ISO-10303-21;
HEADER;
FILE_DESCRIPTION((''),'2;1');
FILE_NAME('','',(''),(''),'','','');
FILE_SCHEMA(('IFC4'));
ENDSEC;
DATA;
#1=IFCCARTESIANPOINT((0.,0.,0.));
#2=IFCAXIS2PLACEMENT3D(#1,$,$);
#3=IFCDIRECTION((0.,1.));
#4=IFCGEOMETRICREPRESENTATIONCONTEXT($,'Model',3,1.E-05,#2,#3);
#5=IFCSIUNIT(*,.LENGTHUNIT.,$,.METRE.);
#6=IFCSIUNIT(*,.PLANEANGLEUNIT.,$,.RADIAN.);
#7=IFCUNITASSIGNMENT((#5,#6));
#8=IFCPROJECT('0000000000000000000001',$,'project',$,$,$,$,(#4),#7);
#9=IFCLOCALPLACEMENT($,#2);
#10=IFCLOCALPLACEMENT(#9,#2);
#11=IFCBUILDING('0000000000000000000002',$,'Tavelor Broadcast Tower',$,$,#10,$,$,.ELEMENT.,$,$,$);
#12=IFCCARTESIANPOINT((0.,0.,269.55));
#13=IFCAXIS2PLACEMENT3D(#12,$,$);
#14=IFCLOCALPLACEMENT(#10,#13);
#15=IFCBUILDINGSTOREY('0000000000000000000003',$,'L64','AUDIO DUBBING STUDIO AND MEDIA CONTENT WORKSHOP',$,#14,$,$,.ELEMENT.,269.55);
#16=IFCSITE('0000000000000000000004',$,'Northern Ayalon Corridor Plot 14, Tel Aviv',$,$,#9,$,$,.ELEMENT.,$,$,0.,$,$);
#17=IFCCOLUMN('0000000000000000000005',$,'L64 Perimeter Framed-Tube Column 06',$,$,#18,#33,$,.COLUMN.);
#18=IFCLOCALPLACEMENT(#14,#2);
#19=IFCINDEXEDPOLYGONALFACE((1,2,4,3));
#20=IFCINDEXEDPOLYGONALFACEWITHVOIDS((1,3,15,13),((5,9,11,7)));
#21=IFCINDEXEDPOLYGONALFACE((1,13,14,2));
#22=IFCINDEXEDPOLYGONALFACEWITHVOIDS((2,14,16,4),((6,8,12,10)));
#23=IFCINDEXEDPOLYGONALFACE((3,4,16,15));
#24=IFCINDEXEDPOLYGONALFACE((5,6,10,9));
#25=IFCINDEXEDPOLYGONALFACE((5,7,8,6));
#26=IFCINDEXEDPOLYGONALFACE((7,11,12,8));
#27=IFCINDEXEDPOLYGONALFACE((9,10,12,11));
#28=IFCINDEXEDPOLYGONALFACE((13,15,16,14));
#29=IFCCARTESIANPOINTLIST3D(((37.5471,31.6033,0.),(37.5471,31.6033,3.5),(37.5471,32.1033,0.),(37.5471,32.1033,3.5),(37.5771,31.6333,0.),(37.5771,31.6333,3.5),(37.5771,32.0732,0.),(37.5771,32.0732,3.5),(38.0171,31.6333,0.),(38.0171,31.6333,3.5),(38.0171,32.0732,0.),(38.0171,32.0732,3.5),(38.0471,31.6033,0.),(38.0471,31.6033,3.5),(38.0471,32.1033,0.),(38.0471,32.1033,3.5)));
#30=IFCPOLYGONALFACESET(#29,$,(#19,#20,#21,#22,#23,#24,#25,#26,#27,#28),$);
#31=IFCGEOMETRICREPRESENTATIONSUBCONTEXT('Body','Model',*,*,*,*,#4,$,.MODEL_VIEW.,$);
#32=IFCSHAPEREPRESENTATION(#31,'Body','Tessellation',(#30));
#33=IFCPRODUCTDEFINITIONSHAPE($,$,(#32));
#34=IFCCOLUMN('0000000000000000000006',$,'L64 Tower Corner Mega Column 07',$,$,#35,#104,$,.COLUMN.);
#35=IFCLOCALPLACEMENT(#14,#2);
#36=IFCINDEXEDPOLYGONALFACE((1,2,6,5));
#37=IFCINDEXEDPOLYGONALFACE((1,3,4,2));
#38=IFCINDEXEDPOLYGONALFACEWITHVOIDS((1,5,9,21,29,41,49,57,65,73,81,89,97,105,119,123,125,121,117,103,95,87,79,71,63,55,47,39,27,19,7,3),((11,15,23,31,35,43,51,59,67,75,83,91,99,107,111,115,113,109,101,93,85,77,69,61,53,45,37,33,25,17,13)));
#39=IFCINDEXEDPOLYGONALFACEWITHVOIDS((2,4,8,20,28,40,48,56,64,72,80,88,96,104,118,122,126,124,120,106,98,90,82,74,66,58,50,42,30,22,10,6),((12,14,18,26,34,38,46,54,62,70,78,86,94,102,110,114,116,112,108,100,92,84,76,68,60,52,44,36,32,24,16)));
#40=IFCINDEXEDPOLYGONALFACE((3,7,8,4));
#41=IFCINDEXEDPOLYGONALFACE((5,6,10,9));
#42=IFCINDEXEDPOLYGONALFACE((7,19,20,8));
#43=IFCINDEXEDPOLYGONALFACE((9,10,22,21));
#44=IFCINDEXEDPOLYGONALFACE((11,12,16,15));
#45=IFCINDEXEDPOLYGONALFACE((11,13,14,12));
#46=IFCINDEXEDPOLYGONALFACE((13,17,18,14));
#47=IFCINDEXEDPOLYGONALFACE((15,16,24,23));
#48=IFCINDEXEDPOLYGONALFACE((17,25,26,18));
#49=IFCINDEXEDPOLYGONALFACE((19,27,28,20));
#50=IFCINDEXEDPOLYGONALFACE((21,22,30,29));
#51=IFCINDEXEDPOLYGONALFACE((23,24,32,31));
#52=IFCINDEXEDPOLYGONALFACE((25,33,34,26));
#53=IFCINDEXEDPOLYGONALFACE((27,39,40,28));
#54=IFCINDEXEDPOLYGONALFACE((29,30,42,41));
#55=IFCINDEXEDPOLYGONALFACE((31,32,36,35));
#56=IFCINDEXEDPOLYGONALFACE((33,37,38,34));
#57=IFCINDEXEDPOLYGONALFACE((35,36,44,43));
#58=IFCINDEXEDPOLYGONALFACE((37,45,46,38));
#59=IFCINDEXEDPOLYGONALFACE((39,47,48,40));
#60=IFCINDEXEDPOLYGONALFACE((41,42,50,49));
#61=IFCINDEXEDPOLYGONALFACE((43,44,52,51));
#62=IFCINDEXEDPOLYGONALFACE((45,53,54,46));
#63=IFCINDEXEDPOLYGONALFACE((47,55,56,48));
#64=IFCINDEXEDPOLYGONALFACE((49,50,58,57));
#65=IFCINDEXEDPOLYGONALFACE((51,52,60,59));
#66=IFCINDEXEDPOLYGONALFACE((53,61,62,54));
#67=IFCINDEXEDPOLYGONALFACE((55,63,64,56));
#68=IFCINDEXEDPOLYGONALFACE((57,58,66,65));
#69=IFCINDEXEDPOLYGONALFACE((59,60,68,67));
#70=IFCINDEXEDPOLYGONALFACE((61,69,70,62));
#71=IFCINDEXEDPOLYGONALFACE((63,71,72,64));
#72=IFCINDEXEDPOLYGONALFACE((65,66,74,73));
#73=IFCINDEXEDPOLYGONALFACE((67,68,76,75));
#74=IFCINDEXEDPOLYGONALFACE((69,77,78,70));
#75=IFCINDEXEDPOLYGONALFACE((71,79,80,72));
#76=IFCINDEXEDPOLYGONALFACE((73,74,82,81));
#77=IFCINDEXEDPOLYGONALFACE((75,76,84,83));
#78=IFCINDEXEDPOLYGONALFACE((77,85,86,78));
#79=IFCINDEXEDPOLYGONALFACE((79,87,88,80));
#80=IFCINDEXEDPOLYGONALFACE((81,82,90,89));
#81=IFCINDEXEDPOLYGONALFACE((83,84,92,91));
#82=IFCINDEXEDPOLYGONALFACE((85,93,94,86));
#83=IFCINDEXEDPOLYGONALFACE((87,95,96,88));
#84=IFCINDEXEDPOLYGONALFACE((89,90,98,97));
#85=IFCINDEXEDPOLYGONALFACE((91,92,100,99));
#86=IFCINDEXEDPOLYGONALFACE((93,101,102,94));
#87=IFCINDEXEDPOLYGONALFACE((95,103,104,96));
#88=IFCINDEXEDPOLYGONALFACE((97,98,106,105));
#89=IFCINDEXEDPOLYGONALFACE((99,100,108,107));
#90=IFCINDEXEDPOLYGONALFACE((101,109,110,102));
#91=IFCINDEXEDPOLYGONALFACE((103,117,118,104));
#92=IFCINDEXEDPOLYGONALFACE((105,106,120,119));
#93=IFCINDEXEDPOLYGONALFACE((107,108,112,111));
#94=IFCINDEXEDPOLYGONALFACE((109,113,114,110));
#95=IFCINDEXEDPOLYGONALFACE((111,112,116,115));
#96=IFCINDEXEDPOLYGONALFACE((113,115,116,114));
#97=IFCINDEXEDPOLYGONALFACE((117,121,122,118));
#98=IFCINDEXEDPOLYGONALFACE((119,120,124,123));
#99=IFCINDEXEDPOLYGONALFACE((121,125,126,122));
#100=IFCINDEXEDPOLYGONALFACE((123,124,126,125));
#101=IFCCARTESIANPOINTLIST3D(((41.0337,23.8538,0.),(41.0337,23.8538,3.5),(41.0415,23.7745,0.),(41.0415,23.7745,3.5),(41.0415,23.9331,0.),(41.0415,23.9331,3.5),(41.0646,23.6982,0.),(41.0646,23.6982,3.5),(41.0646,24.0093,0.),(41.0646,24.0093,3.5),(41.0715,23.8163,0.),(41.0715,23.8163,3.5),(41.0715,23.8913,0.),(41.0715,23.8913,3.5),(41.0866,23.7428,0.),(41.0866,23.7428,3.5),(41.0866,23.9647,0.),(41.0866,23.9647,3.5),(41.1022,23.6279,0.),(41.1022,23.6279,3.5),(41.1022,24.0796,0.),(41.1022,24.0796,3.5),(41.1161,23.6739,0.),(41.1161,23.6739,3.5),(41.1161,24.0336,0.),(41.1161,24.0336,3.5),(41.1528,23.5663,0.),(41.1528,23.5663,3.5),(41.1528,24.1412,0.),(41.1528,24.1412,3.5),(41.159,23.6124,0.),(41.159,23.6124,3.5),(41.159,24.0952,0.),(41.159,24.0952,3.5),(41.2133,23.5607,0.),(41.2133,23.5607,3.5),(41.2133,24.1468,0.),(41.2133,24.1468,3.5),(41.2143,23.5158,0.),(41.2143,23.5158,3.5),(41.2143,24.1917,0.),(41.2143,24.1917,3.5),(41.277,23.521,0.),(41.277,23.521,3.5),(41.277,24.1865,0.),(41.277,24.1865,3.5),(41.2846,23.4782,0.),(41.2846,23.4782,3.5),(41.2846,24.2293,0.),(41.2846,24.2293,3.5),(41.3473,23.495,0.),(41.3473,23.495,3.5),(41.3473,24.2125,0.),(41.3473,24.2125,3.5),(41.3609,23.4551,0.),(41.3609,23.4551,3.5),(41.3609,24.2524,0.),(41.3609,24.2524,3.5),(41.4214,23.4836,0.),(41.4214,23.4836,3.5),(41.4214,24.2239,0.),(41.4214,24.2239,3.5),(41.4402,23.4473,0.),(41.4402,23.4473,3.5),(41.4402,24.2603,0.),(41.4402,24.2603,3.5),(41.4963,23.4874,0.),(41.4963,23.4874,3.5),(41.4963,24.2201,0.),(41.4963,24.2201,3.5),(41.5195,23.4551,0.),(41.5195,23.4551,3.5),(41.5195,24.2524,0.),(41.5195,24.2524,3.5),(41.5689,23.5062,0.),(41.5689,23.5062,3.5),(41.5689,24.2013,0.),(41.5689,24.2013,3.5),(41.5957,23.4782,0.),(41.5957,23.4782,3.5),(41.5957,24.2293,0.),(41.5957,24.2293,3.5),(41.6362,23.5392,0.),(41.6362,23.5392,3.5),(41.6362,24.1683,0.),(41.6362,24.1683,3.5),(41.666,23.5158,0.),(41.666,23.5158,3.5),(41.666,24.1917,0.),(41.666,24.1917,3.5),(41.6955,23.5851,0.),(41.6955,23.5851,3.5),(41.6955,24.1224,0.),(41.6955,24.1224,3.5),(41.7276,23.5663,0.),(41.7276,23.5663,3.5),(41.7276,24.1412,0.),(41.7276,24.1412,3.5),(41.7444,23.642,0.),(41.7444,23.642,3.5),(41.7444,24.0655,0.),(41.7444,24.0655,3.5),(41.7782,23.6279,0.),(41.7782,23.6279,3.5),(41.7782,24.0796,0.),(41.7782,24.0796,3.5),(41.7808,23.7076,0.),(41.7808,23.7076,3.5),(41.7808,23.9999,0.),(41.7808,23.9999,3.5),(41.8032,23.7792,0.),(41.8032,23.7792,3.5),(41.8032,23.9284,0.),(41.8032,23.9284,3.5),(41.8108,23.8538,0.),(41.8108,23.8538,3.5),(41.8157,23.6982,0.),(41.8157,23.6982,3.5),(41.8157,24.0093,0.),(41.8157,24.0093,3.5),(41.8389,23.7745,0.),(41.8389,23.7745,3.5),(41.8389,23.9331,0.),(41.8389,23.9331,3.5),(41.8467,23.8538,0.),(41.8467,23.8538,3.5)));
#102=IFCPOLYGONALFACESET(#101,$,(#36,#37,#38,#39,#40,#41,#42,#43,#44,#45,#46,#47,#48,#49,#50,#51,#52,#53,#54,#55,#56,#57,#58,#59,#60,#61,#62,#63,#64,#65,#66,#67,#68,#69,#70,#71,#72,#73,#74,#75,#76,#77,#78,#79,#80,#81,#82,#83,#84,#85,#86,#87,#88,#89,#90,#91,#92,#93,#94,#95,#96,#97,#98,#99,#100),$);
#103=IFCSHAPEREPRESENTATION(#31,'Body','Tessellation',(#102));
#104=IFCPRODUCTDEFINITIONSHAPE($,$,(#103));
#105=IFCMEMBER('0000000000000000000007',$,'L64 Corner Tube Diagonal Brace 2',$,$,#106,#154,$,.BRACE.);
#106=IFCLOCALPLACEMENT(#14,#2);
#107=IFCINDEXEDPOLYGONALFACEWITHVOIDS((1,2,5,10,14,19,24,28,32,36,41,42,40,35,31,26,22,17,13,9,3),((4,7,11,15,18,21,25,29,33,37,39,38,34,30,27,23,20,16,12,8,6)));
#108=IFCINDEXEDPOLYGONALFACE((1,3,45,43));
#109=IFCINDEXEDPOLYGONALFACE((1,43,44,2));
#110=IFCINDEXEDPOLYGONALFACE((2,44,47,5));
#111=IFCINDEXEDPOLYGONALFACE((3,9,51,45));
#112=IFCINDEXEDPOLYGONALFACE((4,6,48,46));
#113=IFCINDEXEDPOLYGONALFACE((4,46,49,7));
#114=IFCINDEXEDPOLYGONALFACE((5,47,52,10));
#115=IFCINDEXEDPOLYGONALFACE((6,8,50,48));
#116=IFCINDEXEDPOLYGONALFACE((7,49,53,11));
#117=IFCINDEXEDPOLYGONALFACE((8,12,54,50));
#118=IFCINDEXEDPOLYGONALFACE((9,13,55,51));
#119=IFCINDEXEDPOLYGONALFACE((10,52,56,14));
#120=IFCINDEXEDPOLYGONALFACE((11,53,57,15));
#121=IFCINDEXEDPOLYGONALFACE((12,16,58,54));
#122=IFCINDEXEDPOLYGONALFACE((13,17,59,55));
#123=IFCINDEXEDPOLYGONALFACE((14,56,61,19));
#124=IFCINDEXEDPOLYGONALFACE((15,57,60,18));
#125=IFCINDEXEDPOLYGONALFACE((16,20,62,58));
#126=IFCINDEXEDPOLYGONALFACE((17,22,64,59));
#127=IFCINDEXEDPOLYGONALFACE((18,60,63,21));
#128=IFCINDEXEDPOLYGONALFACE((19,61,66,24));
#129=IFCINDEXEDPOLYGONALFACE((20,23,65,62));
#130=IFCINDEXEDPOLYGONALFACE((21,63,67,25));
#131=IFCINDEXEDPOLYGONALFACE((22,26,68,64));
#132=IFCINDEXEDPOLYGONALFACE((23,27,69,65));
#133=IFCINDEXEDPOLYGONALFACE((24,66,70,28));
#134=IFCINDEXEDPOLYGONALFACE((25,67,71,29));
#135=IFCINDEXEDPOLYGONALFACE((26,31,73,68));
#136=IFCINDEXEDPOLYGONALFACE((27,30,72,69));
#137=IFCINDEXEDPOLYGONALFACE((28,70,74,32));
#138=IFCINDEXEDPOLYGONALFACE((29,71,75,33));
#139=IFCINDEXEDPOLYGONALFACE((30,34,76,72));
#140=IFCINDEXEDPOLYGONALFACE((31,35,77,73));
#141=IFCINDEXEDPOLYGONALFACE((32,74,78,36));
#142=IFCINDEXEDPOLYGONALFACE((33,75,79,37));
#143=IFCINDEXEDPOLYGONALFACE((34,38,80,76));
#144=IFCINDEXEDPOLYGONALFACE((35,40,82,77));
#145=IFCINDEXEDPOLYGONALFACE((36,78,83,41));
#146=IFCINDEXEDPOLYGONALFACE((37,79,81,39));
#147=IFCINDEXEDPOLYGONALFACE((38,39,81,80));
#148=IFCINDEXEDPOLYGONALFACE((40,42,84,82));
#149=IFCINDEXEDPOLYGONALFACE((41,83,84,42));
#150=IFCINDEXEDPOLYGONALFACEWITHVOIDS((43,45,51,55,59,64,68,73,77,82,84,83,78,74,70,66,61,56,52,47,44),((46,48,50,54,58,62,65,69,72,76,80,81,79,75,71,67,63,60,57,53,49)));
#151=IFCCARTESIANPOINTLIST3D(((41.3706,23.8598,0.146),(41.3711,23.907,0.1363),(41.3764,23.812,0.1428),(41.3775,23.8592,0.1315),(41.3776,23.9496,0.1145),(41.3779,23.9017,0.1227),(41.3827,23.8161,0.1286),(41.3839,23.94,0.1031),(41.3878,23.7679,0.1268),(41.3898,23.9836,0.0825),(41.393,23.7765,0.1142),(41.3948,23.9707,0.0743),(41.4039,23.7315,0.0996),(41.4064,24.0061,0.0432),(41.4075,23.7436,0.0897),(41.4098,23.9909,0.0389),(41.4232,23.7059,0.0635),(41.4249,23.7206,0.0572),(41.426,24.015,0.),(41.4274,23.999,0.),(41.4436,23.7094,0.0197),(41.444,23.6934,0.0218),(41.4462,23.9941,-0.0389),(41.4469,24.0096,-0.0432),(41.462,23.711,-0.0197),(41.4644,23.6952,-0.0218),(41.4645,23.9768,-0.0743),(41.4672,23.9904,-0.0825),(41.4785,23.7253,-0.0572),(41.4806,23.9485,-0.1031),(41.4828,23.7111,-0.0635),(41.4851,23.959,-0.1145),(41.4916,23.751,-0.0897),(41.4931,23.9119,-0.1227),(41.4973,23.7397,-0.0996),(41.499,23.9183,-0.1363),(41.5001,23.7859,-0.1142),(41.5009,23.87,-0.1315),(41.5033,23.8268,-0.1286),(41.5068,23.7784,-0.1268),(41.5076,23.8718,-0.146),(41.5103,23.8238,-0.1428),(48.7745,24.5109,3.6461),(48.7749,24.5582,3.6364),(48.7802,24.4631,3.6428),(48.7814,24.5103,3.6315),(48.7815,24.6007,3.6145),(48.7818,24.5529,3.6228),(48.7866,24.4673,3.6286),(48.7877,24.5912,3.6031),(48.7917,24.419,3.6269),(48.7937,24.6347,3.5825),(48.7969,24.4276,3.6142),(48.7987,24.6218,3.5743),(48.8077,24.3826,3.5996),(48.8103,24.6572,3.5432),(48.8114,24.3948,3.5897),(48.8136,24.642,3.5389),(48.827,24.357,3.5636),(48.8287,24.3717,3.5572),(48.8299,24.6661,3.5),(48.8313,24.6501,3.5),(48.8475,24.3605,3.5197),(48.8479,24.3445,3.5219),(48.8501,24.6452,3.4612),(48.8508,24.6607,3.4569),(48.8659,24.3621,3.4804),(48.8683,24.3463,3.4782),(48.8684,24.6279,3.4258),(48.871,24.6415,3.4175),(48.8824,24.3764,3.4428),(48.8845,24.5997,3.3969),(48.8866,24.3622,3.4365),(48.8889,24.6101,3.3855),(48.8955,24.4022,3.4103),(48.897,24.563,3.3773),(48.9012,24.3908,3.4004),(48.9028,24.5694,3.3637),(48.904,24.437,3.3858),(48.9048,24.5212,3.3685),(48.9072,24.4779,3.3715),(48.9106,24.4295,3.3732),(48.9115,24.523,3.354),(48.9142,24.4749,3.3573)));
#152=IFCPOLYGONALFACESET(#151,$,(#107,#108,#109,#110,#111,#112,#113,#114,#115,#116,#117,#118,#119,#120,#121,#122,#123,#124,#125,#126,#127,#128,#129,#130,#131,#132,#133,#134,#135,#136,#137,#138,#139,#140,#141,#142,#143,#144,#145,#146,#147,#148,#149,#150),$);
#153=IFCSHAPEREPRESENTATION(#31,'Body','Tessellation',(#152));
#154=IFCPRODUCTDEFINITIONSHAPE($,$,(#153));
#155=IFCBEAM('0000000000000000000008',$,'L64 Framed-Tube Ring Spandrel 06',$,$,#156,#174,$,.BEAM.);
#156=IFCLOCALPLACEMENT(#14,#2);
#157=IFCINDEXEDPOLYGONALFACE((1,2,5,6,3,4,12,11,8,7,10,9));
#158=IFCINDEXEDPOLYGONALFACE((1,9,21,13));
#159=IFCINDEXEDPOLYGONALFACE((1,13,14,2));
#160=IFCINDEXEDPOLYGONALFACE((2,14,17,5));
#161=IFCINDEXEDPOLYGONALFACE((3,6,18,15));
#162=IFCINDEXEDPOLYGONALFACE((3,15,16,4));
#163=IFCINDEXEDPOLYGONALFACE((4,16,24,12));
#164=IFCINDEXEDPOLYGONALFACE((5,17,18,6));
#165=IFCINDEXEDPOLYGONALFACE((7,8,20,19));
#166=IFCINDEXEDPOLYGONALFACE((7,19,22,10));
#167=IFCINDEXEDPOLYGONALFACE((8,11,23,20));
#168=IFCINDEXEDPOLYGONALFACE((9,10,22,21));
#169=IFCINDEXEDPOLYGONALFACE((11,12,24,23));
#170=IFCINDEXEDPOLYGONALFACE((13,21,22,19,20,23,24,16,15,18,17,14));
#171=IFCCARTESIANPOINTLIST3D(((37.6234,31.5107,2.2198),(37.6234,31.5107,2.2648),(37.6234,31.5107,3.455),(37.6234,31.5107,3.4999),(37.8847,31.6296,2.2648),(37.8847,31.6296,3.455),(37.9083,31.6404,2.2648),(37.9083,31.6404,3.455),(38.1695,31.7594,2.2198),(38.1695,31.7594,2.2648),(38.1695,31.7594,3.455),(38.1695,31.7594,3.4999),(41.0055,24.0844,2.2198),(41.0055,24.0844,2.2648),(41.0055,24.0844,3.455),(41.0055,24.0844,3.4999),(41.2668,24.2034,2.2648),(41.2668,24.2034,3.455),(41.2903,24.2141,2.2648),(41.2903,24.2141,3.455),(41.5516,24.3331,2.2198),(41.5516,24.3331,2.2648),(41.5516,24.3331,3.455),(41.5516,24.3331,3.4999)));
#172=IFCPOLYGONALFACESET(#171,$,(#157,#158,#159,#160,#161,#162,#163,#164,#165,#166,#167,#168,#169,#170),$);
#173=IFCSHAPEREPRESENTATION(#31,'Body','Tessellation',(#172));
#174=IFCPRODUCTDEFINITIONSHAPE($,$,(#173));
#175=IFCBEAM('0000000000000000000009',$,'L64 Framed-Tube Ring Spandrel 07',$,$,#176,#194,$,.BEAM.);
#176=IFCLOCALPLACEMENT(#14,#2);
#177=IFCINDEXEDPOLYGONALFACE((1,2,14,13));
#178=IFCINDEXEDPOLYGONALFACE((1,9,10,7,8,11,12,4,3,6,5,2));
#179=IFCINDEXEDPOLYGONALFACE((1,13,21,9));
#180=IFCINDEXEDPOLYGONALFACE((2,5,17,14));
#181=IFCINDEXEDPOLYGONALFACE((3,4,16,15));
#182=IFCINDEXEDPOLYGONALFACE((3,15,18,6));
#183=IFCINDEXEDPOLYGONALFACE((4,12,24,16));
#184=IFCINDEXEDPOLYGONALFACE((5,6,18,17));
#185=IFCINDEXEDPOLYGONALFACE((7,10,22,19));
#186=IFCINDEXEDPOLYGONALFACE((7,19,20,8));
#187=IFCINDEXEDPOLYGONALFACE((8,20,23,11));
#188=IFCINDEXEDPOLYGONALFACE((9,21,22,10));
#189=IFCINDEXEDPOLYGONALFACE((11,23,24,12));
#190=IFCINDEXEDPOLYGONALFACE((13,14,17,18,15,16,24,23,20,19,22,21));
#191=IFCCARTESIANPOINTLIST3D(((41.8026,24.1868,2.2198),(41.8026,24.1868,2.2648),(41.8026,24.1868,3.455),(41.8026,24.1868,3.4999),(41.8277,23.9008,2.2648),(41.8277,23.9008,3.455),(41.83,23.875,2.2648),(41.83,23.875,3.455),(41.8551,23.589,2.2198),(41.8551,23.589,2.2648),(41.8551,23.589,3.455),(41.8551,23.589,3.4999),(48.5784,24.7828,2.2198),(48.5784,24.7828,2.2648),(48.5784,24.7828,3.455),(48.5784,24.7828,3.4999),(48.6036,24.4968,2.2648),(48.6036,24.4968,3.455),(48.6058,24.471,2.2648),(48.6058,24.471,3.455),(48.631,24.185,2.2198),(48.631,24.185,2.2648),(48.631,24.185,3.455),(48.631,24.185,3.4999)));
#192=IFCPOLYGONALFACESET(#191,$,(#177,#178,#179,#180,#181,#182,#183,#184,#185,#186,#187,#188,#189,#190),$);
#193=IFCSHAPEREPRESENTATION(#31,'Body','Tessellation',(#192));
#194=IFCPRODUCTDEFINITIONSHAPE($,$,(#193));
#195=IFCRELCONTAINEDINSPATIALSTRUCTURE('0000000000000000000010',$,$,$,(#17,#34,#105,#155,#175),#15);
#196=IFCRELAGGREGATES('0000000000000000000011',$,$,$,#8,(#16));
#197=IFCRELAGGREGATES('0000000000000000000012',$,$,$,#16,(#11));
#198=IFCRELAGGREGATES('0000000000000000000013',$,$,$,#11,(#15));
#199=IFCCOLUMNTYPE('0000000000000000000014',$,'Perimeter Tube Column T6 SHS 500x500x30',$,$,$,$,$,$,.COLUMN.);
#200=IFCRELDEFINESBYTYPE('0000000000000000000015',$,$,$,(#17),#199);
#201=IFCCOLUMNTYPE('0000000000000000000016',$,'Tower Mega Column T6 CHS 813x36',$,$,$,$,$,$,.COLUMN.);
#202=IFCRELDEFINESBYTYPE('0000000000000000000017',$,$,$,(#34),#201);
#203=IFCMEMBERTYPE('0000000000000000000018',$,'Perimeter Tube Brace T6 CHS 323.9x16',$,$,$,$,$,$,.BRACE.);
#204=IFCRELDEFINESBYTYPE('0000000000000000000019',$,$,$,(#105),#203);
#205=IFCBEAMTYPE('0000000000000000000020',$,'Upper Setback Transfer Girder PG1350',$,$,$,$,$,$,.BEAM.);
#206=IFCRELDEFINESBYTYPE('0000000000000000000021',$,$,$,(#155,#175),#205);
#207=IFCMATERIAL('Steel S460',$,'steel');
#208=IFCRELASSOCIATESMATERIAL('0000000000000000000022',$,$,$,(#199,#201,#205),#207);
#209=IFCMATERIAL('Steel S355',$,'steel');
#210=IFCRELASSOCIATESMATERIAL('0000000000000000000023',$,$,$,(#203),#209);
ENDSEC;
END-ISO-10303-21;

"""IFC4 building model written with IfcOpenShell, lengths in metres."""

from ifc_helpers import new_model, si_unit, direction, frame, origin, origin_2d, place, context, subcontext, project, spatial, hollow_rectangle, hollow_circle, i_section, extrude, material, material_profile, profile_set, type_object, element, save


model = new_model("IFC4")

# Units and contexts
model_context = context("Model", 3, precision=1e-05, world=origin(), true_north=direction((0.0, 1.0)))
body_context = subcontext(model_context, "Body", "Model", "MODEL_VIEW")
ifc_project = project(units=[si_unit("LENGTHUNIT", "METRE"), si_unit("PLANEANGLEUNIT", "RADIAN")], contexts=[model_context])

# Site, building, storey
site_placement = place(None, origin())
site = spatial("IfcSite", under=ifc_project, at=site_placement, Name="Northern Ayalon Corridor Plot 14, Tel Aviv", CompositionType="ELEMENT", RefElevation=0.0)
building_placement = place(site_placement, origin())
building = spatial("IfcBuilding", under=site, at=building_placement, Name="Tavelor Broadcast Tower", CompositionType="ELEMENT")
storey_placement = place(building_placement, frame((0.0, 0.0, 269.55)))
storey = spatial("IfcBuildingStorey", under=building, at=storey_placement, Name="L64", Description="AUDIO DUBBING STUDIO AND MEDIA CONTENT WORKSHOP", CompositionType="ELEMENT", Elevation=269.55)

# Columns
ifc_material_1 = material(Name="Steel S460", Category="steel")
ifc_material_profile_1 = material_profile(ifc_material_1, hollow_rectangle(XDim=0.5, YDim=0.5, WallThickness=0.03, at=origin_2d()), Name="SHS 500x500x30")
ifc_profile_set_1 = profile_set([ifc_material_profile_1], Name="Steel S460")
column_type_1 = type_object("IfcColumnType", Name="Perimeter Tube Column T6 SHS 500x500x30", PredefinedType="COLUMN", material=ifc_profile_set_1)
column_1_placement = place(storey_placement, frame((37.7971, 31.8533, 0.0), z_axis=(0.0, 0.0, 1.0), x_axis=(1.0, 0.0, 0.0)))
element("IfcColumn", 1, at=column_1_placement, inside=storey, type_object=column_type_1, Name="L64 Perimeter Framed-Tube Column 06", PredefinedType="COLUMN", context=body_context, shape_type="SweptSolid", body=[
    extrude(hollow_rectangle(XDim=0.5, YDim=0.5, WallThickness=0.03, at=origin_2d()), origin(), (0.0, 0.0, 1.0), 3.5),
])
ifc_material_profile_2 = material_profile(ifc_material_1, hollow_circle(Radius=0.4065, WallThickness=0.0359, at=origin_2d()), Name="CHS 813x36")
ifc_profile_set_2 = profile_set([ifc_material_profile_2], Name="Steel S460")
column_type_2 = type_object("IfcColumnType", Name="Tower Mega Column T6 CHS 813x36", PredefinedType="COLUMN", material=ifc_profile_set_2)
column_2_placement = place(storey_placement, frame((41.4402, 23.8538, 0.0), z_axis=(0.0, 0.0, 1.0), x_axis=(1.0, 0.0, 0.0)))
element("IfcColumn", 2, at=column_2_placement, inside=storey, type_object=column_type_2, Name="L64 Tower Corner Mega Column 07", PredefinedType="COLUMN", context=body_context, shape_type="SweptSolid", body=[
    extrude(hollow_circle(Radius=0.4065, WallThickness=0.0359, at=origin_2d()), origin(), (0.0, 0.0, 1.0), 3.5),
])

# Member
ifc_material_2 = material(Name="Steel S355", Category="steel")
ifc_material_profile_3 = material_profile(ifc_material_2, hollow_circle(Radius=0.1619, WallThickness=0.0161, at=origin_2d()), Name="CHS 323.9x16")
ifc_profile_set_3 = profile_set([ifc_material_profile_3], Name="Steel S355")
member_type_1 = type_object("IfcMemberType", Name="Perimeter Tube Brace T6 CHS 323.9x16", PredefinedType="BRACE", material=ifc_profile_set_3)
member_1_placement = place(storey_placement, frame((41.4402, 23.8538, 0.0), z_axis=(0.901227, 0.079258, 0.426037), x_axis=(-0.087606, 0.996155, 0.0)))
element("IfcMember", 3, at=member_1_placement, inside=storey, type_object=member_type_1, Name="L64 Corner Tube Diagonal Brace 2", PredefinedType="BRACE", context=body_context, shape_type="SweptSolid", body=[
    extrude(hollow_circle(Radius=0.1619, WallThickness=0.0161, at=origin_2d()), origin(), (0.0, 0.0, 1.0), 8.2153),
])

# Beams
ifc_material_profile_4 = material_profile(ifc_material_1, i_section(OverallWidth=0.6001, OverallDepth=1.28, WebThickness=0.0259, FlangeThickness=0.0449, at=origin_2d()), Name="PG 1280x600")
ifc_profile_set_4 = profile_set([ifc_material_profile_4], Name="Steel S460")
beam_type = type_object("IfcBeamType", Name="Upper Setback Transfer Girder PG1350", PredefinedType="BEAM", material=ifc_profile_set_4)
beam_1_placement = place(storey_placement, frame((37.8965, 31.635, 2.8599), z_axis=(0.414463, -0.910066, 0.0), x_axis=(0.910066, 0.414463, 0.0)))
element("IfcBeam", 4, at=beam_1_placement, inside=storey, type_object=beam_type, Name="L64 Framed-Tube Ring Spandrel 06", PredefinedType="BEAM", context=body_context, shape_type="SweptSolid", body=[
    extrude(i_section(OverallWidth=0.6001, OverallDepth=1.28, WebThickness=0.0259, FlangeThickness=0.0449, at=origin_2d()), origin(), (0.0, 0.0, 1.0), 8.1602),
])
beam_2_placement = place(storey_placement, frame((41.8289, 23.8879, 2.8599), z_axis=(0.996155, 0.087613, 0.0), x_axis=(-0.087613, 0.996155, 0.0)))
element("IfcBeam", 5, at=beam_2_placement, inside=storey, type_object=beam_type, Name="L64 Framed-Tube Ring Spandrel 07", PredefinedType="BEAM", context=body_context, shape_type="SweptSolid", body=[
    extrude(i_section(OverallWidth=0.6001, OverallDepth=1.28, WebThickness=0.0259, FlangeThickness=0.0449, at=origin_2d()), origin(), (0.0, 0.0, 1.0), 6.802),
])

save(model, "model.ifc")
